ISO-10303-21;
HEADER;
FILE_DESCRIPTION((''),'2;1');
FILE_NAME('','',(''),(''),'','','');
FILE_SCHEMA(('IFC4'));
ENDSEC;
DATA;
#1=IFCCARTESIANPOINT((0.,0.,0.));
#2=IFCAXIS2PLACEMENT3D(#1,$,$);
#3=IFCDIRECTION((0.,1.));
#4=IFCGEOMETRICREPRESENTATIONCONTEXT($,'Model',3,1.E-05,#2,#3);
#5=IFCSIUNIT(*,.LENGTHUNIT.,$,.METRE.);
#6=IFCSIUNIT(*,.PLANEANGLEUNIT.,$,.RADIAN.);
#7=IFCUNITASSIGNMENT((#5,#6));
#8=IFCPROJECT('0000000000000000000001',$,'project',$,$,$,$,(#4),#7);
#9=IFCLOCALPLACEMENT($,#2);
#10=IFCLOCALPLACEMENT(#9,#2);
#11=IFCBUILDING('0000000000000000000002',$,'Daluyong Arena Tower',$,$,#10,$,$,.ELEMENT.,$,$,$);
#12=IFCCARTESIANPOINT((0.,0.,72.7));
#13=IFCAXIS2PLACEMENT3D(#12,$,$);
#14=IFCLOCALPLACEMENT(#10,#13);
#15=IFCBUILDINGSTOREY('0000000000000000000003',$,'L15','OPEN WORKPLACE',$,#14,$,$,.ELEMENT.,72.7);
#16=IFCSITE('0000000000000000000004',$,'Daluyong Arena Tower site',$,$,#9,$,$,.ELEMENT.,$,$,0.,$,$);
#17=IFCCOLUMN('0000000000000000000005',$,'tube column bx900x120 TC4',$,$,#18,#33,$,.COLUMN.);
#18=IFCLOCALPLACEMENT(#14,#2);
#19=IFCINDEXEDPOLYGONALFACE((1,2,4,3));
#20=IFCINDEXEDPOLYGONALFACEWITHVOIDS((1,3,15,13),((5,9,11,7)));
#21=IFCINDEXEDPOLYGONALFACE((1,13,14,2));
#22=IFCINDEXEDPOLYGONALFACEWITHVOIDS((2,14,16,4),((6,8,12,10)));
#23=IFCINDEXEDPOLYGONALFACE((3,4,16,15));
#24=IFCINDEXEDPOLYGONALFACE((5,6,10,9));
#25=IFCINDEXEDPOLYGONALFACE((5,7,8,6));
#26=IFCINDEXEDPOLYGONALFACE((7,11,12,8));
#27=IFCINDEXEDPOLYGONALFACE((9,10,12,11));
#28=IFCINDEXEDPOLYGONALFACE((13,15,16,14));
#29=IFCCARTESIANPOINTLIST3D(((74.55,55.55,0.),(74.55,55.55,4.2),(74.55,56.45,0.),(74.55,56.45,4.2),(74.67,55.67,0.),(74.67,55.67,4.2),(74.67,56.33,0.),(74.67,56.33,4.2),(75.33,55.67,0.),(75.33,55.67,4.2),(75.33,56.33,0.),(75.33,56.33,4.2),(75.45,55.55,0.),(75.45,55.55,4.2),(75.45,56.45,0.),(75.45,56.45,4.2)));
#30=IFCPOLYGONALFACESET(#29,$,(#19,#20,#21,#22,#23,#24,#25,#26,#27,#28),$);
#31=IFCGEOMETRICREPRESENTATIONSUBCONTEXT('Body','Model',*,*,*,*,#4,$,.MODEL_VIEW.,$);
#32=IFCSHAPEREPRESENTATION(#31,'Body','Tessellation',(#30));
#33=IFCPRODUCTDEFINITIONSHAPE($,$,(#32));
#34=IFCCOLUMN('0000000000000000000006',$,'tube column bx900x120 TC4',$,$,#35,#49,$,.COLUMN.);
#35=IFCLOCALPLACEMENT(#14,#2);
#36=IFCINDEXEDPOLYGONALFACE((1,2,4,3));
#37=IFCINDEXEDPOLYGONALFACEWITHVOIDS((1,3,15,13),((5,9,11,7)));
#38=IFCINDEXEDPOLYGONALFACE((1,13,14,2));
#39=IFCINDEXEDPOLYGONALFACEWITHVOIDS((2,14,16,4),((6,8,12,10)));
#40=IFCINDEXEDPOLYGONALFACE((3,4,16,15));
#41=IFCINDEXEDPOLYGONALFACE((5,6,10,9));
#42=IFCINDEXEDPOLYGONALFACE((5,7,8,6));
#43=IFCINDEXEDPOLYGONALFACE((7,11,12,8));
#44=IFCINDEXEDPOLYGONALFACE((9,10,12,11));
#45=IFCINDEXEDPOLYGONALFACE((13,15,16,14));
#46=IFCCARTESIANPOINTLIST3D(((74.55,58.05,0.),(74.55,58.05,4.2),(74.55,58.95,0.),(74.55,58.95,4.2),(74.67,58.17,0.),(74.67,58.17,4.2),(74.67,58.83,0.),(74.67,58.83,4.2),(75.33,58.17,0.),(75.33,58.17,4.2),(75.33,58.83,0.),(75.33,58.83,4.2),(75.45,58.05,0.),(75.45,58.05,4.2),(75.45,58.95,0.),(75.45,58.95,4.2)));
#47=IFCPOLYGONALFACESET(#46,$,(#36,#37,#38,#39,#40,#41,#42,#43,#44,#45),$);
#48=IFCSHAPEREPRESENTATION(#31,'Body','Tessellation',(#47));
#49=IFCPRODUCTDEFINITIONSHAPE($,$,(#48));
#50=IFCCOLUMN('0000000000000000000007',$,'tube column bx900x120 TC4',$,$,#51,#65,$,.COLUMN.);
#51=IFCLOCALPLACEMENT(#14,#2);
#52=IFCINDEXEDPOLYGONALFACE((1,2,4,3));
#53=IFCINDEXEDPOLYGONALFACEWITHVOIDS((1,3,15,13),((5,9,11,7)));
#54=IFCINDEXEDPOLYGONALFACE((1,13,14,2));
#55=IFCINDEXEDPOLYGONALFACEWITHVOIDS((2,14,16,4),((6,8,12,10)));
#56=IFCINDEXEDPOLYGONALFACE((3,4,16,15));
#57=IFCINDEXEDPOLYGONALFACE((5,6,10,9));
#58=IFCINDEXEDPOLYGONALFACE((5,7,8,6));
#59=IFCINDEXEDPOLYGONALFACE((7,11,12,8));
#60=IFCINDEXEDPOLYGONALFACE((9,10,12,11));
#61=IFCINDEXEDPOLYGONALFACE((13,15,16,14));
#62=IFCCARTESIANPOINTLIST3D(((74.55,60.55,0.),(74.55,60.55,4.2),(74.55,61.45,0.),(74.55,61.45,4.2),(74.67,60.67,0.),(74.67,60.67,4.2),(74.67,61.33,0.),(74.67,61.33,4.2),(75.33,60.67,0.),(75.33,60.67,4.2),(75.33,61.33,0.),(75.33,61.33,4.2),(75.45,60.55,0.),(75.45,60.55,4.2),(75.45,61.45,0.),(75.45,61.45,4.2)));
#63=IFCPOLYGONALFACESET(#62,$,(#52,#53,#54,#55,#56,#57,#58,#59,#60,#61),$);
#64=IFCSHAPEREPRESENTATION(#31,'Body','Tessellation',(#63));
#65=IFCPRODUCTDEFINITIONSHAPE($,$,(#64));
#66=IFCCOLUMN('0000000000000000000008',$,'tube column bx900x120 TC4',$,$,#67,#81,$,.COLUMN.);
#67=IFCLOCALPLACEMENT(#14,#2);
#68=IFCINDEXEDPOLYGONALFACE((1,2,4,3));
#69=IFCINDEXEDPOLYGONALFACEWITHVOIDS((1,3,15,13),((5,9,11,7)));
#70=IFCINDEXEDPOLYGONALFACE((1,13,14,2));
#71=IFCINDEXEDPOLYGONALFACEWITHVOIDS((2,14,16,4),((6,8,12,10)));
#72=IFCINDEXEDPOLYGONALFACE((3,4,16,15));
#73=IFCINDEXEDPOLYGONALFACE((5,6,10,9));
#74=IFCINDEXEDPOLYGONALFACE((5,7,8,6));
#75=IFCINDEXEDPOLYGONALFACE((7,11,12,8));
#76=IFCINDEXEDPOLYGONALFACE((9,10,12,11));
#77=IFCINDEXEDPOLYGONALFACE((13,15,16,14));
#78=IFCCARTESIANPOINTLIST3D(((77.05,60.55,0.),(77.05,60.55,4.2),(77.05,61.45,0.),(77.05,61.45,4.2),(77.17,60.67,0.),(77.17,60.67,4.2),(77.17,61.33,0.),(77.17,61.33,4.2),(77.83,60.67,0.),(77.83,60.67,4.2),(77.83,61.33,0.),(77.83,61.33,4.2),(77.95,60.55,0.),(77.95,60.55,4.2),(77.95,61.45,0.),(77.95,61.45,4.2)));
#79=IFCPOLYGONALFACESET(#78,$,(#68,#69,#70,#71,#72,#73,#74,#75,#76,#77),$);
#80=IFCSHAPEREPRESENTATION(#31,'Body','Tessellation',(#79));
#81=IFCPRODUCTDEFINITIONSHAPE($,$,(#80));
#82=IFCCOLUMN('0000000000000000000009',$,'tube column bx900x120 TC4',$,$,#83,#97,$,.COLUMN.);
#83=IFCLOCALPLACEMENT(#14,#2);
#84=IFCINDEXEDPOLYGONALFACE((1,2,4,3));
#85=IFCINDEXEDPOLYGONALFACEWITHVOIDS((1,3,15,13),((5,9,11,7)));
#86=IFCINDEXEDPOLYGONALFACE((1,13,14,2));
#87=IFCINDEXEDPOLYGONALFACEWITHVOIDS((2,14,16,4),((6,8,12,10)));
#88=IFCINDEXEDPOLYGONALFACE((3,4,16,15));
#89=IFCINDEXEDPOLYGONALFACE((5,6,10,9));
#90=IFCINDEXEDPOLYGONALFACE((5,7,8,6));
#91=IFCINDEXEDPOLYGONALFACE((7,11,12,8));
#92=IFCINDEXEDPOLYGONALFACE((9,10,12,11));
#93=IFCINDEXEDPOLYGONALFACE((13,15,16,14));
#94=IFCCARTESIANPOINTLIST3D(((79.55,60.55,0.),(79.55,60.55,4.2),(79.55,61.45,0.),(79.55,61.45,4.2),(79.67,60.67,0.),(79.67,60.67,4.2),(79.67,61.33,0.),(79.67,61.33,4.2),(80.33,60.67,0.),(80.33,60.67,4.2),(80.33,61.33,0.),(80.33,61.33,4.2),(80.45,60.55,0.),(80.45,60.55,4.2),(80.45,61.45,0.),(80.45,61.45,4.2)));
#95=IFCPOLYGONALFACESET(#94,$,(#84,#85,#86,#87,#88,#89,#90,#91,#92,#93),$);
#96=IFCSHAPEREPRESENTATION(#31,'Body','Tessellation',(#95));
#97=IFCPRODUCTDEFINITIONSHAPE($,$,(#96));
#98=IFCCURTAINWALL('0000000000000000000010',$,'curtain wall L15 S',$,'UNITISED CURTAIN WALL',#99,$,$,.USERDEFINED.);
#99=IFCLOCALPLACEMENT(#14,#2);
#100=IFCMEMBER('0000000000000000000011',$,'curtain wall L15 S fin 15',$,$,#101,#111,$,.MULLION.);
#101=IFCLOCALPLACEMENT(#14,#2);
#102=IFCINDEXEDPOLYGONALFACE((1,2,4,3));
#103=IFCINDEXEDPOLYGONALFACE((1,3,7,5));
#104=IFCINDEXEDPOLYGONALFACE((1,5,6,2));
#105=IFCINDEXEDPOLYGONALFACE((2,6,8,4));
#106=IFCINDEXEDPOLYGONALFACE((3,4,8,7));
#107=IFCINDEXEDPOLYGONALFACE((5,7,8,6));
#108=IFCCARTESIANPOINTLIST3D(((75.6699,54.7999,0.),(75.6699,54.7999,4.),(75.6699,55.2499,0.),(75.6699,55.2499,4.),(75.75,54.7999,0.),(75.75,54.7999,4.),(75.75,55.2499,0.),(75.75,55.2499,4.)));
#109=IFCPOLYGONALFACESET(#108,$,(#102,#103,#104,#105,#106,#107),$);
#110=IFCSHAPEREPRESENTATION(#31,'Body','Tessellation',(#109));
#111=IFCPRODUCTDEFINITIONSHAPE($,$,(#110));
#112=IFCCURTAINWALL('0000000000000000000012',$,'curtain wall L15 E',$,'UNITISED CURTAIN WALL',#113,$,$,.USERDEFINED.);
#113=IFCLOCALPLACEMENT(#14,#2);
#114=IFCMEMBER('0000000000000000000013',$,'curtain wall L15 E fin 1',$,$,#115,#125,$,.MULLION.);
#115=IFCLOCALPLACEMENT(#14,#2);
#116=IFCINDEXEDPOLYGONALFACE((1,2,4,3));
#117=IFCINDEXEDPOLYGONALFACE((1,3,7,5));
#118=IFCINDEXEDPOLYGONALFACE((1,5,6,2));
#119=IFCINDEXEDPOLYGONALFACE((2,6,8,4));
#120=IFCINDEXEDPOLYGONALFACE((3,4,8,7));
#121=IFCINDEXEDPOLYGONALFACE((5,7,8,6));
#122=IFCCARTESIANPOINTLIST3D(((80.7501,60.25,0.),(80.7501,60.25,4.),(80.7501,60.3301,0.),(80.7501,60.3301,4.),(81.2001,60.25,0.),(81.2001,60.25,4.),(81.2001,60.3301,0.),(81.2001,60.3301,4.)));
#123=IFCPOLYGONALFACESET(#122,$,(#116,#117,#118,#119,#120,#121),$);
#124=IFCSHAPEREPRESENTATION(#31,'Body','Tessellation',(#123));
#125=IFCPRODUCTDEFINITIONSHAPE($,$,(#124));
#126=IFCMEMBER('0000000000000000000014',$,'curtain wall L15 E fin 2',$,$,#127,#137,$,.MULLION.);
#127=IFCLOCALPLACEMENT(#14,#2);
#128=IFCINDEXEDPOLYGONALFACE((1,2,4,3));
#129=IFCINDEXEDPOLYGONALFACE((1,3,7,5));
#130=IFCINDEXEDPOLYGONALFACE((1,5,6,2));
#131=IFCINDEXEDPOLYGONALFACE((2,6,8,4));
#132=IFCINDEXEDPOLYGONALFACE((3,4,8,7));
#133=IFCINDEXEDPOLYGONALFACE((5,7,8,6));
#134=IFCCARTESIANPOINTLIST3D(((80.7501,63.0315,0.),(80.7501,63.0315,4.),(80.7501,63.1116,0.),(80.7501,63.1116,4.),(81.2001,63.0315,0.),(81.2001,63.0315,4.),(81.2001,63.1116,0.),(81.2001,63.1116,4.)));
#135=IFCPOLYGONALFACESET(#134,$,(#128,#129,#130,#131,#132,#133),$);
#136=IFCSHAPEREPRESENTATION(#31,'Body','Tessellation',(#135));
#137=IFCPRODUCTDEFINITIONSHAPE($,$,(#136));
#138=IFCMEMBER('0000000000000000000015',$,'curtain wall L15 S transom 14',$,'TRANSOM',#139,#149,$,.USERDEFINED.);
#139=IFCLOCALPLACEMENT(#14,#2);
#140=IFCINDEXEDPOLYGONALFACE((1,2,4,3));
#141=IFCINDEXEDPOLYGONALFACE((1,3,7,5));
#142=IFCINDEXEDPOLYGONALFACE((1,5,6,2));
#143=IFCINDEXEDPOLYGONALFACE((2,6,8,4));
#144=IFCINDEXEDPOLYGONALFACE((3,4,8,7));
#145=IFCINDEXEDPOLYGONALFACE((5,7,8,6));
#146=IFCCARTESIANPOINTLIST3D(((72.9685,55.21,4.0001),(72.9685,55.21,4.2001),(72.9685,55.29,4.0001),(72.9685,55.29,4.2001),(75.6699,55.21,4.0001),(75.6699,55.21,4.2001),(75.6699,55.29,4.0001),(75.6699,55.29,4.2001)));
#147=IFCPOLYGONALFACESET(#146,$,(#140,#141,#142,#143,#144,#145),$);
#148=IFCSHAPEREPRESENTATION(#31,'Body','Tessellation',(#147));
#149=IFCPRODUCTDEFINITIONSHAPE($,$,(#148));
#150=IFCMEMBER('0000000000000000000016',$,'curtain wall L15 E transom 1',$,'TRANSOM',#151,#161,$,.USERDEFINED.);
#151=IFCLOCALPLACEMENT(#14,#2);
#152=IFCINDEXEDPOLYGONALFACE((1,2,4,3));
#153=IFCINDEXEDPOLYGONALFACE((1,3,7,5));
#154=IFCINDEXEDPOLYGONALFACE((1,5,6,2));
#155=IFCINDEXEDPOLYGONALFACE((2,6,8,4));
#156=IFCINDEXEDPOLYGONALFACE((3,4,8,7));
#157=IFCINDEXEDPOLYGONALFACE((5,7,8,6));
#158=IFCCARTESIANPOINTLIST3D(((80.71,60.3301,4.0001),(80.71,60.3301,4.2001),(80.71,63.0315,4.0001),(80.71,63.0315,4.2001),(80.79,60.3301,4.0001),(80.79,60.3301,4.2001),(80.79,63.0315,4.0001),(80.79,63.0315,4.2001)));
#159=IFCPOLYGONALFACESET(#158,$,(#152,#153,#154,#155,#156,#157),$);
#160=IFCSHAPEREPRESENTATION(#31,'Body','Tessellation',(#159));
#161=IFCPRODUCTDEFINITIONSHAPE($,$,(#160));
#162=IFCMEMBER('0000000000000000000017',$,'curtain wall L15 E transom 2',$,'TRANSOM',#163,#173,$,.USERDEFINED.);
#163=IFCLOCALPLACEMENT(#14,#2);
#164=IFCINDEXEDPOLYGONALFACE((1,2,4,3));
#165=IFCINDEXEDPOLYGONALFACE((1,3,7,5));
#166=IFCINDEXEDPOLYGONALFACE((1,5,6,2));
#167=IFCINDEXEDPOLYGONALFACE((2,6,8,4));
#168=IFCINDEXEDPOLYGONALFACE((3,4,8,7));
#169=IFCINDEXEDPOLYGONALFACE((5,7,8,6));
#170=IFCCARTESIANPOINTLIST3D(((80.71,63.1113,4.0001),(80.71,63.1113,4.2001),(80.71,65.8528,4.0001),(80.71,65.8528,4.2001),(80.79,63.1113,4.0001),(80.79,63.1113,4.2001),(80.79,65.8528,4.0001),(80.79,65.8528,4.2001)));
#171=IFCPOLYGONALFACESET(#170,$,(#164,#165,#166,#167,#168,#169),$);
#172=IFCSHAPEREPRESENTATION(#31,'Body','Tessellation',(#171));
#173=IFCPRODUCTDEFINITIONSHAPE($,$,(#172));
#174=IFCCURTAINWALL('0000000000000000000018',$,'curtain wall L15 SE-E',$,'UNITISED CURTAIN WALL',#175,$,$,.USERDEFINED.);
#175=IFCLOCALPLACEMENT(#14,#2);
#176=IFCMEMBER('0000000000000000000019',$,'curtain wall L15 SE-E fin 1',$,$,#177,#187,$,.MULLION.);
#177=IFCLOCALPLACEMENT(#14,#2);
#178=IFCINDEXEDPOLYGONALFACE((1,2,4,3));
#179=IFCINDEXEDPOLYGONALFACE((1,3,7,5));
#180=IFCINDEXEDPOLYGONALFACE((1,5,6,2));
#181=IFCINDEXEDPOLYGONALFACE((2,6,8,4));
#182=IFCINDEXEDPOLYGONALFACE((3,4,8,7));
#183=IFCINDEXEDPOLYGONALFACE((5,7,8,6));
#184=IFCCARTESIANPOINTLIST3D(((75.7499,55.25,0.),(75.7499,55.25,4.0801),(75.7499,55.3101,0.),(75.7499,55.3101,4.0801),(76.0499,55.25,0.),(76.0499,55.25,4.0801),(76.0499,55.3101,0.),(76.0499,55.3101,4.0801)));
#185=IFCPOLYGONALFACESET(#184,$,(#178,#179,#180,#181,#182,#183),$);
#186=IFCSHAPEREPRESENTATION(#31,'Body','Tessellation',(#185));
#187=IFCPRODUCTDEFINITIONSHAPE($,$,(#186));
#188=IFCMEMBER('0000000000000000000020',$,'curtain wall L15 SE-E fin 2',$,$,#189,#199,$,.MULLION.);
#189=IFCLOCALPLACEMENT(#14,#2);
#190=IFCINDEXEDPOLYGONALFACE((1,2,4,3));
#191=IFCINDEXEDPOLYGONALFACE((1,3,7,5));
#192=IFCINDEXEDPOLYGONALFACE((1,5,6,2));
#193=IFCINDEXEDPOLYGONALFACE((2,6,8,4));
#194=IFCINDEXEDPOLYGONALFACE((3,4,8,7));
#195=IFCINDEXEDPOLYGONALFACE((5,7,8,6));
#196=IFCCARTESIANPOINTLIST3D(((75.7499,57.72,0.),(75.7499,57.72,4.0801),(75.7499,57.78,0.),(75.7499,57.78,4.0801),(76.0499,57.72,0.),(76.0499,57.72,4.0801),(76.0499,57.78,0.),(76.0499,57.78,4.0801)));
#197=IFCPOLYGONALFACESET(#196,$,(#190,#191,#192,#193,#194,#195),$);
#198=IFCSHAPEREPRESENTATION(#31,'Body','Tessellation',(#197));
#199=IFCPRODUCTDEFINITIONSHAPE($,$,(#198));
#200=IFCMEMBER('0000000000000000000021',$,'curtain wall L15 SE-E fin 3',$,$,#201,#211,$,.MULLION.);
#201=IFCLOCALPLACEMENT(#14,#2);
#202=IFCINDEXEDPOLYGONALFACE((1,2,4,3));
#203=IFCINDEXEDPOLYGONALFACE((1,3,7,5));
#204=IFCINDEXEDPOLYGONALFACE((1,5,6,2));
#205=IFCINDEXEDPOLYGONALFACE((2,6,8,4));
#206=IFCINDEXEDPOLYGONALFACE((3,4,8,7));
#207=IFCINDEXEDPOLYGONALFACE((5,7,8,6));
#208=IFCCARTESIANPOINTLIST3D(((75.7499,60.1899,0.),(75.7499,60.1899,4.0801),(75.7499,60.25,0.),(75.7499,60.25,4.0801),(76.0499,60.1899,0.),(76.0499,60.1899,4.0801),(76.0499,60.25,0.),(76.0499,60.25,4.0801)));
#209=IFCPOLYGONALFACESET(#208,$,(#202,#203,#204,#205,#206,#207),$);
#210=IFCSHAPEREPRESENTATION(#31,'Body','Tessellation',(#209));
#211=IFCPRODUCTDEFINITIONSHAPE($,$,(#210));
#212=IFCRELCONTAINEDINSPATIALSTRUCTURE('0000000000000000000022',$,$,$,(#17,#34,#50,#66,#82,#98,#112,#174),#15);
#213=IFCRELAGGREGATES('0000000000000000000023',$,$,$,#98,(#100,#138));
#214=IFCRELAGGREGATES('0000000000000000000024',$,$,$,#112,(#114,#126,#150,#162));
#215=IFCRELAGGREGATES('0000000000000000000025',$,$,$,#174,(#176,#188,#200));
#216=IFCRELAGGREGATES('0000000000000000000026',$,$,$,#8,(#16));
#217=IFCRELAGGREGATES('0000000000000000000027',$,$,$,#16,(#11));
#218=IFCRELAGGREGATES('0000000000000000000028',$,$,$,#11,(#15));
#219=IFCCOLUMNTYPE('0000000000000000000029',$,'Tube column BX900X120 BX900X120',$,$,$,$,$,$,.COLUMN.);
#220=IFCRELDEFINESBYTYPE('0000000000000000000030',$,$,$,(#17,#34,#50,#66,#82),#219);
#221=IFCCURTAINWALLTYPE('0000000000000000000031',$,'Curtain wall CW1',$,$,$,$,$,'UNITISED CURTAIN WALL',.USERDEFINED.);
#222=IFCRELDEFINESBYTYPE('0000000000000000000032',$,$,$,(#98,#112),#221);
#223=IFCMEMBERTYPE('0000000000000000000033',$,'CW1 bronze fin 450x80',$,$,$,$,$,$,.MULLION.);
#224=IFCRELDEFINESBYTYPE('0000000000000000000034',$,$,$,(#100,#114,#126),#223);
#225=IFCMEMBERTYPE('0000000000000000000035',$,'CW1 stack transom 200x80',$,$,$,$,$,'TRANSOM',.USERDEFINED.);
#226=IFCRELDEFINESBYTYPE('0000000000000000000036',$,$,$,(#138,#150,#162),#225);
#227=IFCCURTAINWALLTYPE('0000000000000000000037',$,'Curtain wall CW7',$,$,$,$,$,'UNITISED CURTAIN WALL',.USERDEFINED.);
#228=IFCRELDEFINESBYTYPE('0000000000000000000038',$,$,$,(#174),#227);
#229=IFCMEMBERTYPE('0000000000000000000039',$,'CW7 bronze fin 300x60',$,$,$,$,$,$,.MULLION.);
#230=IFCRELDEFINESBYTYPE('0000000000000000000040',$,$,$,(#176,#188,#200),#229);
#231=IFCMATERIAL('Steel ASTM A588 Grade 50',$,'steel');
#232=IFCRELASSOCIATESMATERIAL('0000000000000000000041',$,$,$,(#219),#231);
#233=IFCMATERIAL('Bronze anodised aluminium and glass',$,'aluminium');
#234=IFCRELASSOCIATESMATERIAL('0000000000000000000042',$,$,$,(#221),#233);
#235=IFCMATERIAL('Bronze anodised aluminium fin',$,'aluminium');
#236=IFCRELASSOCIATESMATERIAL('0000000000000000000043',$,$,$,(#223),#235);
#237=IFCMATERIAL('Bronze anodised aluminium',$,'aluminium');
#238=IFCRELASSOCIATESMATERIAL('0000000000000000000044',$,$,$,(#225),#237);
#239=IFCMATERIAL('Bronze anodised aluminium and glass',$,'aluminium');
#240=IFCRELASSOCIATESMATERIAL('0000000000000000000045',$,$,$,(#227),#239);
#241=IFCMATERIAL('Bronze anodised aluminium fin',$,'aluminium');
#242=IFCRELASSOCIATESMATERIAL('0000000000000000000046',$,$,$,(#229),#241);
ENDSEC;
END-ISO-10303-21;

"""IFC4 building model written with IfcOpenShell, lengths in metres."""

from ifc_helpers import new_model, si_unit, direction, frame, origin, origin_2d, place, context, subcontext, project, spatial, rectangle, hollow_rectangle, extrude, material, material_profile, profile_set, type_object, element, aggregate, save


model = new_model("IFC4")

# Units and contexts
model_context = context("Model", 3, precision=1e-05, world=origin(), true_north=direction((0.0, 1.0)))
body_context = subcontext(model_context, "Body", "Model", "MODEL_VIEW")
ifc_project = project(units=[si_unit("LENGTHUNIT", "METRE"), si_unit("PLANEANGLEUNIT", "RADIAN")], contexts=[model_context])

# Site, building, storey
site_placement = place(None, origin())
site = spatial("IfcSite", under=ifc_project, at=site_placement, Name="Daluyong Arena Tower site", CompositionType="ELEMENT", RefElevation=0.0)
building_placement = place(site_placement, origin())
building = spatial("IfcBuilding", under=site, at=building_placement, Name="Daluyong Arena Tower", CompositionType="ELEMENT")
storey_placement = place(building_placement, frame((0.0, 0.0, 72.7)))
storey = spatial("IfcBuildingStorey", under=building, at=storey_placement, Name="L15", Description="OPEN WORKPLACE", CompositionType="ELEMENT", Elevation=72.7)

# Columns
ifc_material_1 = material(Name="Steel ASTM A588 Grade 50", Category="steel")
ifc_material_profile_1 = material_profile(ifc_material_1, hollow_rectangle(XDim=0.8999, YDim=0.8999, WallThickness=0.12, at=origin_2d()))
ifc_profile_set_1 = profile_set([ifc_material_profile_1], Name="Steel ASTM A588 Grade 50")
column_type = type_object("IfcColumnType", Name="Tube column BX900X120 BX900X120", PredefinedType="COLUMN", material=ifc_profile_set_1)
for number, where, z_axis, x_axis, name in (
    (1, (75.0, 56.0, 0.0), (0.0, 0.0, 1.0), (0.0, 1.0, 0.0), "tube column bx900x120 TC4"),
    (2, (75.0, 58.5, 0.0), (0.0, 0.0, 1.0), (0.0, 1.0, 0.0), "tube column bx900x120 TC4"),
    (3, (75.0, 61.0, 0.0), (0.0, 0.0, 1.0), (1.0, 0.0, 0.0), "tube column bx900x120 TC4"),
    (4, (77.5, 61.0, 0.0), (0.0, 0.0, 1.0), (1.0, 0.0, 0.0), "tube column bx900x120 TC4"),
    (5, (80.0, 61.0, 0.0), (0.0, 0.0, 1.0), (0.0, 1.0, 0.0), "tube column bx900x120 TC4"),
):
    element("IfcColumn", number, at=place(storey_placement, frame(where, z_axis=z_axis, x_axis=x_axis)), inside=storey, type_object=column_type, Name=name, PredefinedType="COLUMN", context=body_context, shape_type="SweptSolid", body=[
        extrude(hollow_rectangle(XDim=0.8999, YDim=0.8999, WallThickness=0.12, at=origin_2d()), origin(), (0.0, 0.0, 1.0), 4.2),
    ])

# Curtain wall, member
ifc_material_2 = material(Name="Bronze anodised aluminium and glass", Category="aluminium")
curtain_wall_type_1 = type_object("IfcCurtainWallType", Name="Curtain wall CW1", ElementType="UNITISED CURTAIN WALL", PredefinedType="USERDEFINED", material=ifc_material_2)
curtain_wall_1_placement = place(storey_placement, origin())
curtain_wall_1 = element("IfcCurtainWall", 6, at=curtain_wall_1_placement, inside=storey, type_object=curtain_wall_type_1, Name="curtain wall L15 S", ObjectType="UNITISED CURTAIN WALL", PredefinedType="USERDEFINED")
ifc_material_3 = material(Name="Bronze anodised aluminium fin", Category="aluminium")
ifc_material_profile_2 = material_profile(ifc_material_3, rectangle(XDim=0.45, YDim=0.0801, at=origin_2d()))
ifc_profile_set_2 = profile_set([ifc_material_profile_2], Name="Bronze anodised aluminium fin")
member_type_1 = type_object("IfcMemberType", Name="CW1 bronze fin 450x80", PredefinedType="MULLION", material=ifc_profile_set_2)
member_1_placement = place(storey_placement, frame((75.71, 55.0249, 0.0), z_axis=(0.0, 0.0, 1.0), x_axis=(0.0, 1.0, 0.0)))
member_1 = element("IfcMember", 7, at=member_1_placement, type_object=member_type_1, Name="curtain wall L15 S fin 15", PredefinedType="MULLION", context=body_context, shape_type="SweptSolid", body=[
    extrude(rectangle(XDim=0.45, YDim=0.0801, at=origin_2d()), origin(), (0.0, 0.0, 1.0), 4.0),
])

# Curtain wall, members
curtain_wall_2_placement = place(storey_placement, origin())
curtain_wall_2 = element("IfcCurtainWall", 8, at=curtain_wall_2_placement, inside=storey, type_object=curtain_wall_type_1, Name="curtain wall L15 E", ObjectType="UNITISED CURTAIN WALL", PredefinedType="USERDEFINED")
member_2_placement = place(storey_placement, frame((80.9751, 60.29, 0.0), z_axis=(0.0, 0.0, 1.0), x_axis=(-1.0, 0.0, 0.0)))
member_2 = element("IfcMember", 9, at=member_2_placement, type_object=member_type_1, Name="curtain wall L15 E fin 1", PredefinedType="MULLION", context=body_context, shape_type="SweptSolid", body=[
    extrude(rectangle(XDim=0.45, YDim=0.0801, at=origin_2d()), origin(), (0.0, 0.0, 1.0), 4.0),
])
member_3_placement = place(storey_placement, frame((80.9751, 63.0715, 0.0), z_axis=(0.0, 0.0, 1.0), x_axis=(-1.0, 0.0, 0.0)))
member_3 = element("IfcMember", 10, at=member_3_placement, type_object=member_type_1, Name="curtain wall L15 E fin 2", PredefinedType="MULLION", context=body_context, shape_type="SweptSolid", body=[
    extrude(rectangle(XDim=0.45, YDim=0.0801, at=origin_2d()), origin(), (0.0, 0.0, 1.0), 4.0),
])

# Members
ifc_material_4 = material(Name="Bronze anodised aluminium", Category="aluminium")
ifc_material_profile_3 = material_profile(ifc_material_4, rectangle(XDim=0.0801, YDim=0.2, at=origin_2d()))
ifc_profile_set_3 = profile_set([ifc_material_profile_3], Name="Bronze anodised aluminium")
member_type_2 = type_object("IfcMemberType", Name="CW1 stack transom 200x80", ElementType="TRANSOM", PredefinedType="USERDEFINED", material=ifc_profile_set_3)
member_4_placement = place(storey_placement, frame((72.9685, 55.25, 4.1001), z_axis=(1.0, 0.0, 0.0), x_axis=(0.0, 1.0, 0.0)))
member_4 = element("IfcMember", 11, at=member_4_placement, type_object=member_type_2, Name="curtain wall L15 S transom 14", ObjectType="TRANSOM", PredefinedType="USERDEFINED", context=body_context, shape_type="SweptSolid", body=[
    extrude(rectangle(XDim=0.0801, YDim=0.2, at=origin_2d()), origin(), (0.0, 0.0, 1.0), 2.7014),
])
member_5_placement = place(storey_placement, frame((80.75, 60.3301, 4.1001), z_axis=(0.0, 1.0, 0.0), x_axis=(-1.0, 0.0, 0.0)))
member_5 = element("IfcMember", 12, at=member_5_placement, type_object=member_type_2, Name="curtain wall L15 E transom 1", ObjectType="TRANSOM", PredefinedType="USERDEFINED", context=body_context, shape_type="SweptSolid", body=[
    extrude(rectangle(XDim=0.0801, YDim=0.2, at=origin_2d()), origin(), (0.0, 0.0, 1.0), 2.7014),
])
member_6_placement = place(storey_placement, frame((80.75, 63.1113, 4.1001), z_axis=(0.0, 1.0, 0.0), x_axis=(-1.0, 0.0, 0.0)))
member_6 = element("IfcMember", 13, at=member_6_placement, type_object=member_type_2, Name="curtain wall L15 E transom 2", ObjectType="TRANSOM", PredefinedType="USERDEFINED", context=body_context, shape_type="SweptSolid", body=[
    extrude(rectangle(XDim=0.0801, YDim=0.2, at=origin_2d()), origin(), (0.0, 0.0, 1.0), 2.7415),
])

# Curtain wall, members
ifc_material_5 = material(Name="Bronze anodised aluminium and glass", Category="aluminium")
curtain_wall_type_2 = type_object("IfcCurtainWallType", Name="Curtain wall CW7", ElementType="UNITISED CURTAIN WALL", PredefinedType="USERDEFINED", material=ifc_material_5)
curtain_wall_3_placement = place(storey_placement, origin())
curtain_wall_3 = element("IfcCurtainWall", 14, at=curtain_wall_3_placement, inside=storey, type_object=curtain_wall_type_2, Name="curtain wall L15 SE-E", ObjectType="UNITISED CURTAIN WALL", PredefinedType="USERDEFINED")
ifc_material_6 = material(Name="Bronze anodised aluminium fin", Category="aluminium")
ifc_material_profile_4 = material_profile(ifc_material_6, rectangle(XDim=0.3, YDim=0.0601, at=origin_2d()))
ifc_profile_set_4 = profile_set([ifc_material_profile_4], Name="Bronze anodised aluminium fin")
member_type_3 = type_object("IfcMemberType", Name="CW7 bronze fin 300x60", PredefinedType="MULLION", material=ifc_profile_set_4)
member_7_placement = place(storey_placement, frame((75.8999, 55.28, 0.0), z_axis=(0.0, 0.0, 1.0), x_axis=(-1.0, 0.0, 0.0)))
member_7 = element("IfcMember", 15, at=member_7_placement, type_object=member_type_3, Name="curtain wall L15 SE-E fin 1", PredefinedType="MULLION", context=body_context, shape_type="SweptSolid", body=[
    extrude(rectangle(XDim=0.3, YDim=0.0601, at=origin_2d()), origin(), (0.0, 0.0, 1.0), 4.0801),
])
member_8_placement = place(storey_placement, frame((75.8999, 57.75, 0.0), z_axis=(0.0, 0.0, 1.0), x_axis=(-1.0, 0.0, 0.0)))
member_8 = element("IfcMember", 16, at=member_8_placement, type_object=member_type_3, Name="curtain wall L15 SE-E fin 2", PredefinedType="MULLION", context=body_context, shape_type="SweptSolid", body=[
    extrude(rectangle(XDim=0.3, YDim=0.0601, at=origin_2d()), origin(), (0.0, 0.0, 1.0), 4.0801),
])
member_9_placement = place(storey_placement, frame((75.8999, 60.22, 0.0), z_axis=(0.0, 0.0, 1.0), x_axis=(-1.0, 0.0, 0.0)))
member_9 = element("IfcMember", 17, at=member_9_placement, type_object=member_type_3, Name="curtain wall L15 SE-E fin 3", PredefinedType="MULLION", context=body_context, shape_type="SweptSolid", body=[
    extrude(rectangle(XDim=0.3, YDim=0.0601, at=origin_2d()), origin(), (0.0, 0.0, 1.0), 4.0801),
])

aggregate(curtain_wall_1, [member_1, member_4])
aggregate(curtain_wall_2, [member_2, member_3, member_5, member_6])
aggregate(curtain_wall_3, [member_7, member_8, member_9])

save(model, "model.ifc")
